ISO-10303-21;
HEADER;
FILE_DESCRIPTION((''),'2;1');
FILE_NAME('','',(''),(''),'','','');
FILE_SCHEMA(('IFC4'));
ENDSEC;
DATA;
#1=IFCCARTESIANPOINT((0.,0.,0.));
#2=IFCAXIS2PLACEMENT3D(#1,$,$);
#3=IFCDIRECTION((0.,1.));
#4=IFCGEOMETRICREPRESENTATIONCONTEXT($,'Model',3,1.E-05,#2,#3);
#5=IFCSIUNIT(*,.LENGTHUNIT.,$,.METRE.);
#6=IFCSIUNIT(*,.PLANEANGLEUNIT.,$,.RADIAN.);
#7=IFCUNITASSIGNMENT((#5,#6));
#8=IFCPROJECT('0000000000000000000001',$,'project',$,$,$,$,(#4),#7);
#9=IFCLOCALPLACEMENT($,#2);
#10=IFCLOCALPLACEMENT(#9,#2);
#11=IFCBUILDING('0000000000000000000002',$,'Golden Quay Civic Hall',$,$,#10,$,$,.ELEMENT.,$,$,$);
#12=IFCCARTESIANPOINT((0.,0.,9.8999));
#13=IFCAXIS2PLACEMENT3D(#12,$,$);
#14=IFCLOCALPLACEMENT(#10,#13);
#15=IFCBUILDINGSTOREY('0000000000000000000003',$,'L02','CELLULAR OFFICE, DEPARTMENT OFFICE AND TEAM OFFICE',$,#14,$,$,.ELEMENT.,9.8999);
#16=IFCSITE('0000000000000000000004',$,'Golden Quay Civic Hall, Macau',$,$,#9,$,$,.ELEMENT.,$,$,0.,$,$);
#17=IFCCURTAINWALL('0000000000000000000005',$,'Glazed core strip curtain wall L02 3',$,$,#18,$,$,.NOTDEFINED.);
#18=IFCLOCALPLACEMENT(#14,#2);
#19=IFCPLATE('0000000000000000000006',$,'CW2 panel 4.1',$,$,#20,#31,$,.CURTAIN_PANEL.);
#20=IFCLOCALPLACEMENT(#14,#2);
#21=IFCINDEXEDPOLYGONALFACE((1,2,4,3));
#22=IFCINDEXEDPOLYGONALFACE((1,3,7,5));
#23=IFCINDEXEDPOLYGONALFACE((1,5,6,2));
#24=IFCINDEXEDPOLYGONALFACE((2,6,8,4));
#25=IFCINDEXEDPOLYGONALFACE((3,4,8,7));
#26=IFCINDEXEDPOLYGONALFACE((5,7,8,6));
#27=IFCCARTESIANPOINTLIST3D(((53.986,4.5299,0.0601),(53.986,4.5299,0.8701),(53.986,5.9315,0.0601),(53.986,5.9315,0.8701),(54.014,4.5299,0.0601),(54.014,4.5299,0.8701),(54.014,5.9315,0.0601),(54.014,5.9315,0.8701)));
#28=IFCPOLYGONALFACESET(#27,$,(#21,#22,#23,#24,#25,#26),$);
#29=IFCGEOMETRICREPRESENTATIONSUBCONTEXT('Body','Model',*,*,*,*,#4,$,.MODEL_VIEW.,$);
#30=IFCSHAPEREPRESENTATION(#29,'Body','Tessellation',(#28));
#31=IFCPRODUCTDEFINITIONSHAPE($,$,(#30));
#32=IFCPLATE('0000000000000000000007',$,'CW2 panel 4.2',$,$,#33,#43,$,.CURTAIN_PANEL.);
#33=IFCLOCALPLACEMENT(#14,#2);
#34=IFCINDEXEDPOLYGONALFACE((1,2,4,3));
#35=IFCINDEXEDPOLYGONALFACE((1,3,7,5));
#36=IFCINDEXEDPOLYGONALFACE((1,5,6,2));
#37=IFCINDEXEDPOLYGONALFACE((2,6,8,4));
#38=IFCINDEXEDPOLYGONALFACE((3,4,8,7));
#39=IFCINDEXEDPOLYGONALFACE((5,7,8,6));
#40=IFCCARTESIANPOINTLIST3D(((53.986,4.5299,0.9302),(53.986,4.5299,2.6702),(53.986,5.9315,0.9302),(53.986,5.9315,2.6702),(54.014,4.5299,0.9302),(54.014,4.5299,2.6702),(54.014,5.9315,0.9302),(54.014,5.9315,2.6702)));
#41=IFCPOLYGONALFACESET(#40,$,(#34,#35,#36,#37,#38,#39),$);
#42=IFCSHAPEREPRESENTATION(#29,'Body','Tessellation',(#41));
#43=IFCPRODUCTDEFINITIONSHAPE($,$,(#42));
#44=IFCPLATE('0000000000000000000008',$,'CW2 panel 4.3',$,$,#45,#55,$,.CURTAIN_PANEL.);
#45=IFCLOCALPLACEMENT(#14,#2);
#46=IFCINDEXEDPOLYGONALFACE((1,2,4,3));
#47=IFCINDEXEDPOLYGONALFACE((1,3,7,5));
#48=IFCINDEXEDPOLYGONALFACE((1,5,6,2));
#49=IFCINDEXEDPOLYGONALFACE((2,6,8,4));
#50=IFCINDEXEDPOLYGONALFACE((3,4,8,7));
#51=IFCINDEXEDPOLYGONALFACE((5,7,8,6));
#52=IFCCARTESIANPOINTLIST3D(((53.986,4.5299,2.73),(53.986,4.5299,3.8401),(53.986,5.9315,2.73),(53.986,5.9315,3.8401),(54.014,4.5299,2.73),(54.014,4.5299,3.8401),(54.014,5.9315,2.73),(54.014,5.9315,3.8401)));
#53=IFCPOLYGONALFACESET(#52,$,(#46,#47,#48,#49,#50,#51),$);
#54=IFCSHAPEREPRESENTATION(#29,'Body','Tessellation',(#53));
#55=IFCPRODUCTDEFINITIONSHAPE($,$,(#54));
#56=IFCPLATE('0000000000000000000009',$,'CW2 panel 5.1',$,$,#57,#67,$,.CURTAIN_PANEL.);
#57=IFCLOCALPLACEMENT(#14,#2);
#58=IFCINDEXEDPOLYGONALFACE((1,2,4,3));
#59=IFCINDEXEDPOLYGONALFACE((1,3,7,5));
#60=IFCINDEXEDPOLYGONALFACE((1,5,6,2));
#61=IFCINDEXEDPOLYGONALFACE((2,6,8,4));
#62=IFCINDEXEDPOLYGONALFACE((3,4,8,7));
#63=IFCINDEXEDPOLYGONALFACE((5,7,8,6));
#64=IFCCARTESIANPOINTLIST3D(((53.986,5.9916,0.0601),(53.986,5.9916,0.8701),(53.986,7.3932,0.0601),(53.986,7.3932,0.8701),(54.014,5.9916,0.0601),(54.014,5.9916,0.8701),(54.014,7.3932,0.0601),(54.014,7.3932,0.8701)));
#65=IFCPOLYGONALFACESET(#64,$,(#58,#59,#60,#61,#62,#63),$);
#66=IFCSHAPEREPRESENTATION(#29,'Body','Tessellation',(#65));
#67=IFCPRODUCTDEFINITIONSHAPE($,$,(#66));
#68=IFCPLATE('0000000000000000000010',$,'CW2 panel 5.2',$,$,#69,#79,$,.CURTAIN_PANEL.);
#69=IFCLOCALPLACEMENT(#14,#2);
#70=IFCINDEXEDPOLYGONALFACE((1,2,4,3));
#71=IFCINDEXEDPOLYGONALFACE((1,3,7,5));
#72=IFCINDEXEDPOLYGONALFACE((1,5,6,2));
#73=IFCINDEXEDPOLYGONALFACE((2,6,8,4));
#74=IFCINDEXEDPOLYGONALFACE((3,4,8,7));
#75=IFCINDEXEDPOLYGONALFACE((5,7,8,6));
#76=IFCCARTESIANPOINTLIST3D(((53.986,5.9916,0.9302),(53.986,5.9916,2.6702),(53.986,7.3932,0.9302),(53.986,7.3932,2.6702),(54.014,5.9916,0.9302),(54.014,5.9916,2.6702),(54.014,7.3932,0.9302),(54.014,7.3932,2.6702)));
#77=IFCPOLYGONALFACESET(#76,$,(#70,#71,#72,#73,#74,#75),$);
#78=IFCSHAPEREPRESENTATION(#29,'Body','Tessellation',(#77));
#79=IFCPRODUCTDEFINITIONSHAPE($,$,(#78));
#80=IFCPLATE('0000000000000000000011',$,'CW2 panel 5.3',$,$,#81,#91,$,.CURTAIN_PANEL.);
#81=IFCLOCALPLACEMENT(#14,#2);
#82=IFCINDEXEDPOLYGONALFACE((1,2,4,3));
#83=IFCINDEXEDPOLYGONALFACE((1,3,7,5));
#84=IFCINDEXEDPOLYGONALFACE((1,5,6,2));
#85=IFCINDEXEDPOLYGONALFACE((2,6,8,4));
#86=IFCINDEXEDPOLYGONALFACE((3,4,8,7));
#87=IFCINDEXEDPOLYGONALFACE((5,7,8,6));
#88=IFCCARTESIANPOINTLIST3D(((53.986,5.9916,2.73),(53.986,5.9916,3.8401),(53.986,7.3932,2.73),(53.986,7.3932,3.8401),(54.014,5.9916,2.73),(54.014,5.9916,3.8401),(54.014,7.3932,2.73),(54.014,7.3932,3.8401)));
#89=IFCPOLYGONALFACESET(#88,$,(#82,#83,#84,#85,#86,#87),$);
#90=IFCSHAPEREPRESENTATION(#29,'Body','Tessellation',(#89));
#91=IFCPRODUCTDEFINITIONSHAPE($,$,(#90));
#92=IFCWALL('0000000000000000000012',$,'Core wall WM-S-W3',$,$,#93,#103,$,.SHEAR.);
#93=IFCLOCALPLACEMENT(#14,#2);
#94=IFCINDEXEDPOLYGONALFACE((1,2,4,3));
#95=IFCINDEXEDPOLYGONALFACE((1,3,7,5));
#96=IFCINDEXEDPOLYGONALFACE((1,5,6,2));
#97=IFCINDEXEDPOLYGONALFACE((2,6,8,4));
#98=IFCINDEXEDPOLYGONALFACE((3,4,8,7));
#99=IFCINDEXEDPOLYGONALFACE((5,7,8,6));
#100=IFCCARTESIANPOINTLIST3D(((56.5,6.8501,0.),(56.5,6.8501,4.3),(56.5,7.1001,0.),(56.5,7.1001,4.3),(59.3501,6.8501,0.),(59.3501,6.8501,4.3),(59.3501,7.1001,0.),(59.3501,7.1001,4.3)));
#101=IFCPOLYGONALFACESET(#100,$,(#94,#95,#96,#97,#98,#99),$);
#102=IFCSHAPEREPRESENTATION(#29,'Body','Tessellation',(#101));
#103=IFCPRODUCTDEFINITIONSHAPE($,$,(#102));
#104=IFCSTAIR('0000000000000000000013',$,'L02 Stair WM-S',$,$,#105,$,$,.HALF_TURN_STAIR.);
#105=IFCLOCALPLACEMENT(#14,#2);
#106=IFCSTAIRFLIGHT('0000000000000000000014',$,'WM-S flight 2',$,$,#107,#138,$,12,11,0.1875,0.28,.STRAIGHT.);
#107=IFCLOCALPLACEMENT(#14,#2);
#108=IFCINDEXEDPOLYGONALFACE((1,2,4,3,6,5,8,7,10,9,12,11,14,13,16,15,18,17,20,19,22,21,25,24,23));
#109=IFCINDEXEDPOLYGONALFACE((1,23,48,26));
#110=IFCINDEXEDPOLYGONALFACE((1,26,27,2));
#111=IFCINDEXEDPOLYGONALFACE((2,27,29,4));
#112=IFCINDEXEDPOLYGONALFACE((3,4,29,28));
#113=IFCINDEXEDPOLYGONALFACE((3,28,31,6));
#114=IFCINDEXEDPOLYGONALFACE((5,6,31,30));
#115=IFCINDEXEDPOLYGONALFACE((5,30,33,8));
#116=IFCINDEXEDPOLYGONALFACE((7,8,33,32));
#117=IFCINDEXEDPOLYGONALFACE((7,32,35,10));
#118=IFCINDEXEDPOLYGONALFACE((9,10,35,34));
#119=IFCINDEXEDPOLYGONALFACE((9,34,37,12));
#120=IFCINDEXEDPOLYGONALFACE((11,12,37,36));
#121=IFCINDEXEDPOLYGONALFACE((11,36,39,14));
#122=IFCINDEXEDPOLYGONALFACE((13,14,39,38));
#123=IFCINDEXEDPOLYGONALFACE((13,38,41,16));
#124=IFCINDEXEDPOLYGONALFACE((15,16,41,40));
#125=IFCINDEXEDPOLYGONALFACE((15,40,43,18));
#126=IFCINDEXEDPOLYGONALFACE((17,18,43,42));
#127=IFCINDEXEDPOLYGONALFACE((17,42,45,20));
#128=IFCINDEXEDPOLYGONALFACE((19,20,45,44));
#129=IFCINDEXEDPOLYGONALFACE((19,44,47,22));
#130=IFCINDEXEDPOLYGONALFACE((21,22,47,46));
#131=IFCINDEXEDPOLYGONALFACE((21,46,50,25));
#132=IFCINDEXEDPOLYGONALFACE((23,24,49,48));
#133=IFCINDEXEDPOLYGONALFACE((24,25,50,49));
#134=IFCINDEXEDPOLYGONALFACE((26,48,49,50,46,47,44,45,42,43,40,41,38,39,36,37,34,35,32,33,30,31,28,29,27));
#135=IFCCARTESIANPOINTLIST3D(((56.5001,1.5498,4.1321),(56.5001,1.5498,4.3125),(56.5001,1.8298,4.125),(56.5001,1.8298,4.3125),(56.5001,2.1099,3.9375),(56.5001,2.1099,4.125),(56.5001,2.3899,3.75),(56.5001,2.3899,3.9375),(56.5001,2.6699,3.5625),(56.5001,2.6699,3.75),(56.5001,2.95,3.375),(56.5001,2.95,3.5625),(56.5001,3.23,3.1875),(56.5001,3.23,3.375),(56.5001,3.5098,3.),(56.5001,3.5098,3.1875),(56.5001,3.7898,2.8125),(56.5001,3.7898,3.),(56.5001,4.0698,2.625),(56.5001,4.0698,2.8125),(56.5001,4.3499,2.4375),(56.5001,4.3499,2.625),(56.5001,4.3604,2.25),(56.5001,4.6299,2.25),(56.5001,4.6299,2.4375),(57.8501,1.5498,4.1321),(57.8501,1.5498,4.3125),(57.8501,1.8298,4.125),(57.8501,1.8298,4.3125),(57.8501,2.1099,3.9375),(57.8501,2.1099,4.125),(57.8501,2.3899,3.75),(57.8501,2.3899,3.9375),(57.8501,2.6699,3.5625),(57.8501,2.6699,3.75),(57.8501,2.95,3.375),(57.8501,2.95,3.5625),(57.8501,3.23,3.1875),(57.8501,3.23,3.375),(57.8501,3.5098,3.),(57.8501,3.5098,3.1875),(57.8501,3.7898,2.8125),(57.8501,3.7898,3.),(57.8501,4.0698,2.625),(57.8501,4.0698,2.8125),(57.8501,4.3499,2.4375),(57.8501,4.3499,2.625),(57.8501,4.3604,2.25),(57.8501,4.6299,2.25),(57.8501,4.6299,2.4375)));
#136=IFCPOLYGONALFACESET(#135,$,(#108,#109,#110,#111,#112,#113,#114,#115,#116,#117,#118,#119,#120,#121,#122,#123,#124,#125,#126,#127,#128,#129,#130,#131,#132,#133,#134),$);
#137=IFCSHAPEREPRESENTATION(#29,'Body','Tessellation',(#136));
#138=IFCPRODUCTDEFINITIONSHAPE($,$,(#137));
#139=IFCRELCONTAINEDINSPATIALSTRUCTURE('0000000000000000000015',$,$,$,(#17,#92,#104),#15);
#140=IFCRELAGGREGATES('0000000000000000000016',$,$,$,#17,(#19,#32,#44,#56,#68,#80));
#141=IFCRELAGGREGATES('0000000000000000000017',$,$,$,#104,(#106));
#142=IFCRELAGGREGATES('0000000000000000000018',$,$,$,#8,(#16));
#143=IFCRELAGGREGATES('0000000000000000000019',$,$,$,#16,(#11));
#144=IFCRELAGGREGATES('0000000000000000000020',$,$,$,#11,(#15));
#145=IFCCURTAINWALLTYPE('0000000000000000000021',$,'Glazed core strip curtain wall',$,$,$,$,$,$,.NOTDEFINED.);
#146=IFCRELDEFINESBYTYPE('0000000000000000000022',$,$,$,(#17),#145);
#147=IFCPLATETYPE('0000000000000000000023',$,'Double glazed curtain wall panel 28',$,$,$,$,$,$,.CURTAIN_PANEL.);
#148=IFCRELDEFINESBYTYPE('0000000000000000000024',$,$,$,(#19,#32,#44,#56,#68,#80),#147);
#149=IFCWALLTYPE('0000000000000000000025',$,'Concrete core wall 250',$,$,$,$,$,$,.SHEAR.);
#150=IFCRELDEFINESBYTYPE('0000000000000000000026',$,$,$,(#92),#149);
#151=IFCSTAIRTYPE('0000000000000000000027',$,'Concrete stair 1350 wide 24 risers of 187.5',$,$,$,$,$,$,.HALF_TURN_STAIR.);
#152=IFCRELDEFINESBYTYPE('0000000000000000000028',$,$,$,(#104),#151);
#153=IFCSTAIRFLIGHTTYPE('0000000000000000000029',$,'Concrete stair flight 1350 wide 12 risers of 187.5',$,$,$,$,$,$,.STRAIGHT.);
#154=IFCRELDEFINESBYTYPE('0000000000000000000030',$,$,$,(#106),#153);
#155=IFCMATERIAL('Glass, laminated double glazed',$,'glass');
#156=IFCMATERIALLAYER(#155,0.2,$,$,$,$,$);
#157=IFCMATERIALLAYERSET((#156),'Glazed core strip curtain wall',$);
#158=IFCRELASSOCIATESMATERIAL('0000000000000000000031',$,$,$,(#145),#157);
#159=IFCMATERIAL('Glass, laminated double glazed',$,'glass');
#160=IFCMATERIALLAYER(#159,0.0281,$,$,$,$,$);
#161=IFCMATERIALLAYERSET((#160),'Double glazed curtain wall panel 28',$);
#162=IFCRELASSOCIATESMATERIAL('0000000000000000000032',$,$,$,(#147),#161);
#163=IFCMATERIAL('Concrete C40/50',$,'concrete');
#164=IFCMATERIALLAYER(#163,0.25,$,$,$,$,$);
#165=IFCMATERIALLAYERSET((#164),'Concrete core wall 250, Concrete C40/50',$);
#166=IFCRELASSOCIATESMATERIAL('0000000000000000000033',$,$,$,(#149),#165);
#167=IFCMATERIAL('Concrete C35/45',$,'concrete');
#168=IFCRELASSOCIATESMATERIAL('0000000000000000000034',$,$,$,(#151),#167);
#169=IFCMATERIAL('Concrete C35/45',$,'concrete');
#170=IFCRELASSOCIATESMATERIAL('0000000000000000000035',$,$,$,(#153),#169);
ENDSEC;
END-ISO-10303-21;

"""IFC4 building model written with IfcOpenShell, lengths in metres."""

from ifc_helpers import new_model, si_unit, direction, frame, frame_2d, origin, origin_2d, place, context, subcontext, project, spatial, polyline, rectangle, outline, extrude, material, layer, layer_set, type_object, element, aggregate, save


model = new_model("IFC4")

# Units and contexts
model_context = context("Model", 3, precision=1e-05, world=origin(), true_north=direction((0.0, 1.0)))
body_context = subcontext(model_context, "Body", "Model", "MODEL_VIEW")
ifc_project = project(units=[si_unit("LENGTHUNIT", "METRE"), si_unit("PLANEANGLEUNIT", "RADIAN")], contexts=[model_context])

# Site, building, storey
site_placement = place(None, origin())
site = spatial("IfcSite", under=ifc_project, at=site_placement, Name="Golden Quay Civic Hall, Macau", CompositionType="ELEMENT", RefElevation=0.0)
building_placement = place(site_placement, origin())
building = spatial("IfcBuilding", under=site, at=building_placement, Name="Golden Quay Civic Hall", CompositionType="ELEMENT")
storey_placement = place(building_placement, frame((0.0, 0.0, 9.8999)))
storey = spatial("IfcBuildingStorey", under=building, at=storey_placement, Name="L02", Description="CELLULAR OFFICE, DEPARTMENT OFFICE AND TEAM OFFICE", CompositionType="ELEMENT", Elevation=9.8999)

# Curtain wall
ifc_material_1 = material(Name="Glass, laminated double glazed", Category="glass")
ifc_layer_1 = layer(ifc_material_1, 0.2)
ifc_layer_set_1 = layer_set([ifc_layer_1], Name="Glazed core strip curtain wall")
curtain_wall_type = type_object("IfcCurtainWallType", Name="Glazed core strip curtain wall", PredefinedType="NOTDEFINED", material=ifc_layer_set_1)
curtain_wall_placement = place(storey_placement, origin())
curtain_wall = element("IfcCurtainWall", 1, at=curtain_wall_placement, inside=storey, type_object=curtain_wall_type, Name="Glazed core strip curtain wall L02 3", PredefinedType="NOTDEFINED")

# Plates
ifc_material_2 = material(Name="Glass, laminated double glazed", Category="glass")
ifc_layer_2 = layer(ifc_material_2, 0.0281)
ifc_layer_set_2 = layer_set([ifc_layer_2], Name="Double glazed curtain wall panel 28")
plate_type = type_object("IfcPlateType", Name="Double glazed curtain wall panel 28", PredefinedType="CURTAIN_PANEL", material=ifc_layer_set_2)
plate_1_placement = place(storey_placement, frame((54.0, 5.2307, 0.0601), z_axis=(0.0, 0.0, 1.0), x_axis=(0.0, 1.0, 0.0)))
plate_1 = element("IfcPlate", 2, at=plate_1_placement, type_object=plate_type, Name="CW2 panel 4.1", PredefinedType="CURTAIN_PANEL", context=body_context, shape_type="SweptSolid", body=[
    extrude(rectangle(XDim=1.4016, YDim=0.0281, at=origin_2d()), origin(), (0.0, 0.0, 1.0), 0.8101),
])
plate_2_placement = place(storey_placement, frame((54.0, 5.2307, 0.9302), z_axis=(0.0, 0.0, 1.0), x_axis=(0.0, 1.0, 0.0)))
plate_2 = element("IfcPlate", 3, at=plate_2_placement, type_object=plate_type, Name="CW2 panel 4.2", PredefinedType="CURTAIN_PANEL", context=body_context, shape_type="SweptSolid", body=[
    extrude(rectangle(XDim=1.4016, YDim=0.0281, at=origin_2d()), origin(), (0.0, 0.0, 1.0), 1.74),
])
plate_3_placement = place(storey_placement, frame((54.0, 5.2307, 2.73), z_axis=(0.0, 0.0, 1.0), x_axis=(0.0, 1.0, 0.0)))
plate_3 = element("IfcPlate", 4, at=plate_3_placement, type_object=plate_type, Name="CW2 panel 4.3", PredefinedType="CURTAIN_PANEL", context=body_context, shape_type="SweptSolid", body=[
    extrude(rectangle(XDim=1.4016, YDim=0.0281, at=origin_2d()), origin(), (0.0, 0.0, 1.0), 1.1101),
])
plate_4_placement = place(storey_placement, frame((54.0, 6.6924, 0.0601), z_axis=(0.0, 0.0, 1.0), x_axis=(0.0, 1.0, 0.0)))
plate_4 = element("IfcPlate", 5, at=plate_4_placement, type_object=plate_type, Name="CW2 panel 5.1", PredefinedType="CURTAIN_PANEL", context=body_context, shape_type="SweptSolid", body=[
    extrude(rectangle(XDim=1.4016, YDim=0.0281, at=origin_2d()), origin(), (0.0, 0.0, 1.0), 0.8101),
])
plate_5_placement = place(storey_placement, frame((54.0, 6.6924, 0.9302), z_axis=(0.0, 0.0, 1.0), x_axis=(0.0, 1.0, 0.0)))
plate_5 = element("IfcPlate", 6, at=plate_5_placement, type_object=plate_type, Name="CW2 panel 5.2", PredefinedType="CURTAIN_PANEL", context=body_context, shape_type="SweptSolid", body=[
    extrude(rectangle(XDim=1.4016, YDim=0.0281, at=origin_2d()), origin(), (0.0, 0.0, 1.0), 1.74),
])
plate_6_placement = place(storey_placement, frame((54.0, 6.6924, 2.73), z_axis=(0.0, 0.0, 1.0), x_axis=(0.0, 1.0, 0.0)))
plate_6 = element("IfcPlate", 7, at=plate_6_placement, type_object=plate_type, Name="CW2 panel 5.3", PredefinedType="CURTAIN_PANEL", context=body_context, shape_type="SweptSolid", body=[
    extrude(rectangle(XDim=1.4016, YDim=0.0281, at=origin_2d()), origin(), (0.0, 0.0, 1.0), 1.1101),
])
aggregate(curtain_wall, [plate_1, plate_2, plate_3, plate_4, plate_5, plate_6])

# Wall
ifc_material_3 = material(Name="Concrete C40/50", Category="concrete")
ifc_layer_3 = layer(ifc_material_3, 0.25)
ifc_layer_set_3 = layer_set([ifc_layer_3], Name="Concrete core wall 250, Concrete C40/50")
wall_type = type_object("IfcWallType", Name="Concrete core wall 250", PredefinedType="SHEAR", material=ifc_layer_set_3)
wall_placement = place(storey_placement, frame((56.5, 6.9751, 0.0), z_axis=(0.0, 0.0, 1.0), x_axis=(1.0, 0.0, 0.0)))
element("IfcWall", 8, at=wall_placement, inside=storey, type_object=wall_type, Name="Core wall WM-S-W3", PredefinedType="SHEAR", context=body_context, shape_type="SweptSolid", body=[
    extrude(rectangle(XDim=2.8501, YDim=0.25, at=frame_2d((1.425, 0.0))), origin(), (0.0, 0.0, 1.0), 4.3),
])

# Stair, stair flight
ifc_material_4 = material(Name="Concrete C35/45", Category="concrete")
stair_type = type_object("IfcStairType", Name="Concrete stair 1350 wide 24 risers of 187.5", PredefinedType="HALF_TURN_STAIR", material=ifc_material_4)
stair_placement = place(storey_placement, origin())
stair = element("IfcStair", 9, at=stair_placement, inside=storey, type_object=stair_type, Name="L02 Stair WM-S", PredefinedType="HALF_TURN_STAIR")
ifc_material_5 = material(Name="Concrete C35/45", Category="concrete")
stair_flight_type = type_object("IfcStairFlightType", Name="Concrete stair flight 1350 wide 12 risers of 187.5", PredefinedType="STRAIGHT", material=ifc_material_5)
stair_flight_placement = place(storey_placement, frame((57.175, 4.6299, 2.25), z_axis=(0.0, 0.0, 1.0), x_axis=(0.0, -1.0, 0.0)))
stair_flight = element("IfcStairFlight", 10, at=stair_flight_placement, type_object=stair_flight_type, Name="WM-S flight 2", NumberOfRisers=12, NumberOfTreads=11, PredefinedType="STRAIGHT", RiserHeight=0.1875, TreadLength=0.28, context=body_context, shape_type="SweptSolid", body=[
    extrude(outline(polyline([(0.0, 0.0), (0.0, 0.1875), (0.28, 0.1875), (0.28, 0.375), (0.5601, 0.375), (0.5601, 0.5625), (0.8401, 0.5625), (0.8401, 0.75), (1.1201, 0.75), (1.1201, 0.9375), (1.3999, 0.9375), (1.3999, 1.125), (1.6799, 1.125), (1.6799, 1.3125), (1.96, 1.3125), (1.96, 1.5), (2.24, 1.5), (2.24, 1.6875), (2.52, 1.6875), (2.52, 1.875), (2.8, 1.875), (2.8, 2.0625), (3.0801, 2.0625), (3.0801, 2.25), (3.0801, 1.8821), (0.2695, 0.0), (0.0, 0.0)])), frame((0.0, 0.675, 0.0), z_axis=(0.0, -1.0, 0.0), x_axis=(1.0, 0.0, 0.0)), (0.0, 0.0, 1.0), 1.35),
])
aggregate(stair, [stair_flight])

save(model, "model.ifc")
